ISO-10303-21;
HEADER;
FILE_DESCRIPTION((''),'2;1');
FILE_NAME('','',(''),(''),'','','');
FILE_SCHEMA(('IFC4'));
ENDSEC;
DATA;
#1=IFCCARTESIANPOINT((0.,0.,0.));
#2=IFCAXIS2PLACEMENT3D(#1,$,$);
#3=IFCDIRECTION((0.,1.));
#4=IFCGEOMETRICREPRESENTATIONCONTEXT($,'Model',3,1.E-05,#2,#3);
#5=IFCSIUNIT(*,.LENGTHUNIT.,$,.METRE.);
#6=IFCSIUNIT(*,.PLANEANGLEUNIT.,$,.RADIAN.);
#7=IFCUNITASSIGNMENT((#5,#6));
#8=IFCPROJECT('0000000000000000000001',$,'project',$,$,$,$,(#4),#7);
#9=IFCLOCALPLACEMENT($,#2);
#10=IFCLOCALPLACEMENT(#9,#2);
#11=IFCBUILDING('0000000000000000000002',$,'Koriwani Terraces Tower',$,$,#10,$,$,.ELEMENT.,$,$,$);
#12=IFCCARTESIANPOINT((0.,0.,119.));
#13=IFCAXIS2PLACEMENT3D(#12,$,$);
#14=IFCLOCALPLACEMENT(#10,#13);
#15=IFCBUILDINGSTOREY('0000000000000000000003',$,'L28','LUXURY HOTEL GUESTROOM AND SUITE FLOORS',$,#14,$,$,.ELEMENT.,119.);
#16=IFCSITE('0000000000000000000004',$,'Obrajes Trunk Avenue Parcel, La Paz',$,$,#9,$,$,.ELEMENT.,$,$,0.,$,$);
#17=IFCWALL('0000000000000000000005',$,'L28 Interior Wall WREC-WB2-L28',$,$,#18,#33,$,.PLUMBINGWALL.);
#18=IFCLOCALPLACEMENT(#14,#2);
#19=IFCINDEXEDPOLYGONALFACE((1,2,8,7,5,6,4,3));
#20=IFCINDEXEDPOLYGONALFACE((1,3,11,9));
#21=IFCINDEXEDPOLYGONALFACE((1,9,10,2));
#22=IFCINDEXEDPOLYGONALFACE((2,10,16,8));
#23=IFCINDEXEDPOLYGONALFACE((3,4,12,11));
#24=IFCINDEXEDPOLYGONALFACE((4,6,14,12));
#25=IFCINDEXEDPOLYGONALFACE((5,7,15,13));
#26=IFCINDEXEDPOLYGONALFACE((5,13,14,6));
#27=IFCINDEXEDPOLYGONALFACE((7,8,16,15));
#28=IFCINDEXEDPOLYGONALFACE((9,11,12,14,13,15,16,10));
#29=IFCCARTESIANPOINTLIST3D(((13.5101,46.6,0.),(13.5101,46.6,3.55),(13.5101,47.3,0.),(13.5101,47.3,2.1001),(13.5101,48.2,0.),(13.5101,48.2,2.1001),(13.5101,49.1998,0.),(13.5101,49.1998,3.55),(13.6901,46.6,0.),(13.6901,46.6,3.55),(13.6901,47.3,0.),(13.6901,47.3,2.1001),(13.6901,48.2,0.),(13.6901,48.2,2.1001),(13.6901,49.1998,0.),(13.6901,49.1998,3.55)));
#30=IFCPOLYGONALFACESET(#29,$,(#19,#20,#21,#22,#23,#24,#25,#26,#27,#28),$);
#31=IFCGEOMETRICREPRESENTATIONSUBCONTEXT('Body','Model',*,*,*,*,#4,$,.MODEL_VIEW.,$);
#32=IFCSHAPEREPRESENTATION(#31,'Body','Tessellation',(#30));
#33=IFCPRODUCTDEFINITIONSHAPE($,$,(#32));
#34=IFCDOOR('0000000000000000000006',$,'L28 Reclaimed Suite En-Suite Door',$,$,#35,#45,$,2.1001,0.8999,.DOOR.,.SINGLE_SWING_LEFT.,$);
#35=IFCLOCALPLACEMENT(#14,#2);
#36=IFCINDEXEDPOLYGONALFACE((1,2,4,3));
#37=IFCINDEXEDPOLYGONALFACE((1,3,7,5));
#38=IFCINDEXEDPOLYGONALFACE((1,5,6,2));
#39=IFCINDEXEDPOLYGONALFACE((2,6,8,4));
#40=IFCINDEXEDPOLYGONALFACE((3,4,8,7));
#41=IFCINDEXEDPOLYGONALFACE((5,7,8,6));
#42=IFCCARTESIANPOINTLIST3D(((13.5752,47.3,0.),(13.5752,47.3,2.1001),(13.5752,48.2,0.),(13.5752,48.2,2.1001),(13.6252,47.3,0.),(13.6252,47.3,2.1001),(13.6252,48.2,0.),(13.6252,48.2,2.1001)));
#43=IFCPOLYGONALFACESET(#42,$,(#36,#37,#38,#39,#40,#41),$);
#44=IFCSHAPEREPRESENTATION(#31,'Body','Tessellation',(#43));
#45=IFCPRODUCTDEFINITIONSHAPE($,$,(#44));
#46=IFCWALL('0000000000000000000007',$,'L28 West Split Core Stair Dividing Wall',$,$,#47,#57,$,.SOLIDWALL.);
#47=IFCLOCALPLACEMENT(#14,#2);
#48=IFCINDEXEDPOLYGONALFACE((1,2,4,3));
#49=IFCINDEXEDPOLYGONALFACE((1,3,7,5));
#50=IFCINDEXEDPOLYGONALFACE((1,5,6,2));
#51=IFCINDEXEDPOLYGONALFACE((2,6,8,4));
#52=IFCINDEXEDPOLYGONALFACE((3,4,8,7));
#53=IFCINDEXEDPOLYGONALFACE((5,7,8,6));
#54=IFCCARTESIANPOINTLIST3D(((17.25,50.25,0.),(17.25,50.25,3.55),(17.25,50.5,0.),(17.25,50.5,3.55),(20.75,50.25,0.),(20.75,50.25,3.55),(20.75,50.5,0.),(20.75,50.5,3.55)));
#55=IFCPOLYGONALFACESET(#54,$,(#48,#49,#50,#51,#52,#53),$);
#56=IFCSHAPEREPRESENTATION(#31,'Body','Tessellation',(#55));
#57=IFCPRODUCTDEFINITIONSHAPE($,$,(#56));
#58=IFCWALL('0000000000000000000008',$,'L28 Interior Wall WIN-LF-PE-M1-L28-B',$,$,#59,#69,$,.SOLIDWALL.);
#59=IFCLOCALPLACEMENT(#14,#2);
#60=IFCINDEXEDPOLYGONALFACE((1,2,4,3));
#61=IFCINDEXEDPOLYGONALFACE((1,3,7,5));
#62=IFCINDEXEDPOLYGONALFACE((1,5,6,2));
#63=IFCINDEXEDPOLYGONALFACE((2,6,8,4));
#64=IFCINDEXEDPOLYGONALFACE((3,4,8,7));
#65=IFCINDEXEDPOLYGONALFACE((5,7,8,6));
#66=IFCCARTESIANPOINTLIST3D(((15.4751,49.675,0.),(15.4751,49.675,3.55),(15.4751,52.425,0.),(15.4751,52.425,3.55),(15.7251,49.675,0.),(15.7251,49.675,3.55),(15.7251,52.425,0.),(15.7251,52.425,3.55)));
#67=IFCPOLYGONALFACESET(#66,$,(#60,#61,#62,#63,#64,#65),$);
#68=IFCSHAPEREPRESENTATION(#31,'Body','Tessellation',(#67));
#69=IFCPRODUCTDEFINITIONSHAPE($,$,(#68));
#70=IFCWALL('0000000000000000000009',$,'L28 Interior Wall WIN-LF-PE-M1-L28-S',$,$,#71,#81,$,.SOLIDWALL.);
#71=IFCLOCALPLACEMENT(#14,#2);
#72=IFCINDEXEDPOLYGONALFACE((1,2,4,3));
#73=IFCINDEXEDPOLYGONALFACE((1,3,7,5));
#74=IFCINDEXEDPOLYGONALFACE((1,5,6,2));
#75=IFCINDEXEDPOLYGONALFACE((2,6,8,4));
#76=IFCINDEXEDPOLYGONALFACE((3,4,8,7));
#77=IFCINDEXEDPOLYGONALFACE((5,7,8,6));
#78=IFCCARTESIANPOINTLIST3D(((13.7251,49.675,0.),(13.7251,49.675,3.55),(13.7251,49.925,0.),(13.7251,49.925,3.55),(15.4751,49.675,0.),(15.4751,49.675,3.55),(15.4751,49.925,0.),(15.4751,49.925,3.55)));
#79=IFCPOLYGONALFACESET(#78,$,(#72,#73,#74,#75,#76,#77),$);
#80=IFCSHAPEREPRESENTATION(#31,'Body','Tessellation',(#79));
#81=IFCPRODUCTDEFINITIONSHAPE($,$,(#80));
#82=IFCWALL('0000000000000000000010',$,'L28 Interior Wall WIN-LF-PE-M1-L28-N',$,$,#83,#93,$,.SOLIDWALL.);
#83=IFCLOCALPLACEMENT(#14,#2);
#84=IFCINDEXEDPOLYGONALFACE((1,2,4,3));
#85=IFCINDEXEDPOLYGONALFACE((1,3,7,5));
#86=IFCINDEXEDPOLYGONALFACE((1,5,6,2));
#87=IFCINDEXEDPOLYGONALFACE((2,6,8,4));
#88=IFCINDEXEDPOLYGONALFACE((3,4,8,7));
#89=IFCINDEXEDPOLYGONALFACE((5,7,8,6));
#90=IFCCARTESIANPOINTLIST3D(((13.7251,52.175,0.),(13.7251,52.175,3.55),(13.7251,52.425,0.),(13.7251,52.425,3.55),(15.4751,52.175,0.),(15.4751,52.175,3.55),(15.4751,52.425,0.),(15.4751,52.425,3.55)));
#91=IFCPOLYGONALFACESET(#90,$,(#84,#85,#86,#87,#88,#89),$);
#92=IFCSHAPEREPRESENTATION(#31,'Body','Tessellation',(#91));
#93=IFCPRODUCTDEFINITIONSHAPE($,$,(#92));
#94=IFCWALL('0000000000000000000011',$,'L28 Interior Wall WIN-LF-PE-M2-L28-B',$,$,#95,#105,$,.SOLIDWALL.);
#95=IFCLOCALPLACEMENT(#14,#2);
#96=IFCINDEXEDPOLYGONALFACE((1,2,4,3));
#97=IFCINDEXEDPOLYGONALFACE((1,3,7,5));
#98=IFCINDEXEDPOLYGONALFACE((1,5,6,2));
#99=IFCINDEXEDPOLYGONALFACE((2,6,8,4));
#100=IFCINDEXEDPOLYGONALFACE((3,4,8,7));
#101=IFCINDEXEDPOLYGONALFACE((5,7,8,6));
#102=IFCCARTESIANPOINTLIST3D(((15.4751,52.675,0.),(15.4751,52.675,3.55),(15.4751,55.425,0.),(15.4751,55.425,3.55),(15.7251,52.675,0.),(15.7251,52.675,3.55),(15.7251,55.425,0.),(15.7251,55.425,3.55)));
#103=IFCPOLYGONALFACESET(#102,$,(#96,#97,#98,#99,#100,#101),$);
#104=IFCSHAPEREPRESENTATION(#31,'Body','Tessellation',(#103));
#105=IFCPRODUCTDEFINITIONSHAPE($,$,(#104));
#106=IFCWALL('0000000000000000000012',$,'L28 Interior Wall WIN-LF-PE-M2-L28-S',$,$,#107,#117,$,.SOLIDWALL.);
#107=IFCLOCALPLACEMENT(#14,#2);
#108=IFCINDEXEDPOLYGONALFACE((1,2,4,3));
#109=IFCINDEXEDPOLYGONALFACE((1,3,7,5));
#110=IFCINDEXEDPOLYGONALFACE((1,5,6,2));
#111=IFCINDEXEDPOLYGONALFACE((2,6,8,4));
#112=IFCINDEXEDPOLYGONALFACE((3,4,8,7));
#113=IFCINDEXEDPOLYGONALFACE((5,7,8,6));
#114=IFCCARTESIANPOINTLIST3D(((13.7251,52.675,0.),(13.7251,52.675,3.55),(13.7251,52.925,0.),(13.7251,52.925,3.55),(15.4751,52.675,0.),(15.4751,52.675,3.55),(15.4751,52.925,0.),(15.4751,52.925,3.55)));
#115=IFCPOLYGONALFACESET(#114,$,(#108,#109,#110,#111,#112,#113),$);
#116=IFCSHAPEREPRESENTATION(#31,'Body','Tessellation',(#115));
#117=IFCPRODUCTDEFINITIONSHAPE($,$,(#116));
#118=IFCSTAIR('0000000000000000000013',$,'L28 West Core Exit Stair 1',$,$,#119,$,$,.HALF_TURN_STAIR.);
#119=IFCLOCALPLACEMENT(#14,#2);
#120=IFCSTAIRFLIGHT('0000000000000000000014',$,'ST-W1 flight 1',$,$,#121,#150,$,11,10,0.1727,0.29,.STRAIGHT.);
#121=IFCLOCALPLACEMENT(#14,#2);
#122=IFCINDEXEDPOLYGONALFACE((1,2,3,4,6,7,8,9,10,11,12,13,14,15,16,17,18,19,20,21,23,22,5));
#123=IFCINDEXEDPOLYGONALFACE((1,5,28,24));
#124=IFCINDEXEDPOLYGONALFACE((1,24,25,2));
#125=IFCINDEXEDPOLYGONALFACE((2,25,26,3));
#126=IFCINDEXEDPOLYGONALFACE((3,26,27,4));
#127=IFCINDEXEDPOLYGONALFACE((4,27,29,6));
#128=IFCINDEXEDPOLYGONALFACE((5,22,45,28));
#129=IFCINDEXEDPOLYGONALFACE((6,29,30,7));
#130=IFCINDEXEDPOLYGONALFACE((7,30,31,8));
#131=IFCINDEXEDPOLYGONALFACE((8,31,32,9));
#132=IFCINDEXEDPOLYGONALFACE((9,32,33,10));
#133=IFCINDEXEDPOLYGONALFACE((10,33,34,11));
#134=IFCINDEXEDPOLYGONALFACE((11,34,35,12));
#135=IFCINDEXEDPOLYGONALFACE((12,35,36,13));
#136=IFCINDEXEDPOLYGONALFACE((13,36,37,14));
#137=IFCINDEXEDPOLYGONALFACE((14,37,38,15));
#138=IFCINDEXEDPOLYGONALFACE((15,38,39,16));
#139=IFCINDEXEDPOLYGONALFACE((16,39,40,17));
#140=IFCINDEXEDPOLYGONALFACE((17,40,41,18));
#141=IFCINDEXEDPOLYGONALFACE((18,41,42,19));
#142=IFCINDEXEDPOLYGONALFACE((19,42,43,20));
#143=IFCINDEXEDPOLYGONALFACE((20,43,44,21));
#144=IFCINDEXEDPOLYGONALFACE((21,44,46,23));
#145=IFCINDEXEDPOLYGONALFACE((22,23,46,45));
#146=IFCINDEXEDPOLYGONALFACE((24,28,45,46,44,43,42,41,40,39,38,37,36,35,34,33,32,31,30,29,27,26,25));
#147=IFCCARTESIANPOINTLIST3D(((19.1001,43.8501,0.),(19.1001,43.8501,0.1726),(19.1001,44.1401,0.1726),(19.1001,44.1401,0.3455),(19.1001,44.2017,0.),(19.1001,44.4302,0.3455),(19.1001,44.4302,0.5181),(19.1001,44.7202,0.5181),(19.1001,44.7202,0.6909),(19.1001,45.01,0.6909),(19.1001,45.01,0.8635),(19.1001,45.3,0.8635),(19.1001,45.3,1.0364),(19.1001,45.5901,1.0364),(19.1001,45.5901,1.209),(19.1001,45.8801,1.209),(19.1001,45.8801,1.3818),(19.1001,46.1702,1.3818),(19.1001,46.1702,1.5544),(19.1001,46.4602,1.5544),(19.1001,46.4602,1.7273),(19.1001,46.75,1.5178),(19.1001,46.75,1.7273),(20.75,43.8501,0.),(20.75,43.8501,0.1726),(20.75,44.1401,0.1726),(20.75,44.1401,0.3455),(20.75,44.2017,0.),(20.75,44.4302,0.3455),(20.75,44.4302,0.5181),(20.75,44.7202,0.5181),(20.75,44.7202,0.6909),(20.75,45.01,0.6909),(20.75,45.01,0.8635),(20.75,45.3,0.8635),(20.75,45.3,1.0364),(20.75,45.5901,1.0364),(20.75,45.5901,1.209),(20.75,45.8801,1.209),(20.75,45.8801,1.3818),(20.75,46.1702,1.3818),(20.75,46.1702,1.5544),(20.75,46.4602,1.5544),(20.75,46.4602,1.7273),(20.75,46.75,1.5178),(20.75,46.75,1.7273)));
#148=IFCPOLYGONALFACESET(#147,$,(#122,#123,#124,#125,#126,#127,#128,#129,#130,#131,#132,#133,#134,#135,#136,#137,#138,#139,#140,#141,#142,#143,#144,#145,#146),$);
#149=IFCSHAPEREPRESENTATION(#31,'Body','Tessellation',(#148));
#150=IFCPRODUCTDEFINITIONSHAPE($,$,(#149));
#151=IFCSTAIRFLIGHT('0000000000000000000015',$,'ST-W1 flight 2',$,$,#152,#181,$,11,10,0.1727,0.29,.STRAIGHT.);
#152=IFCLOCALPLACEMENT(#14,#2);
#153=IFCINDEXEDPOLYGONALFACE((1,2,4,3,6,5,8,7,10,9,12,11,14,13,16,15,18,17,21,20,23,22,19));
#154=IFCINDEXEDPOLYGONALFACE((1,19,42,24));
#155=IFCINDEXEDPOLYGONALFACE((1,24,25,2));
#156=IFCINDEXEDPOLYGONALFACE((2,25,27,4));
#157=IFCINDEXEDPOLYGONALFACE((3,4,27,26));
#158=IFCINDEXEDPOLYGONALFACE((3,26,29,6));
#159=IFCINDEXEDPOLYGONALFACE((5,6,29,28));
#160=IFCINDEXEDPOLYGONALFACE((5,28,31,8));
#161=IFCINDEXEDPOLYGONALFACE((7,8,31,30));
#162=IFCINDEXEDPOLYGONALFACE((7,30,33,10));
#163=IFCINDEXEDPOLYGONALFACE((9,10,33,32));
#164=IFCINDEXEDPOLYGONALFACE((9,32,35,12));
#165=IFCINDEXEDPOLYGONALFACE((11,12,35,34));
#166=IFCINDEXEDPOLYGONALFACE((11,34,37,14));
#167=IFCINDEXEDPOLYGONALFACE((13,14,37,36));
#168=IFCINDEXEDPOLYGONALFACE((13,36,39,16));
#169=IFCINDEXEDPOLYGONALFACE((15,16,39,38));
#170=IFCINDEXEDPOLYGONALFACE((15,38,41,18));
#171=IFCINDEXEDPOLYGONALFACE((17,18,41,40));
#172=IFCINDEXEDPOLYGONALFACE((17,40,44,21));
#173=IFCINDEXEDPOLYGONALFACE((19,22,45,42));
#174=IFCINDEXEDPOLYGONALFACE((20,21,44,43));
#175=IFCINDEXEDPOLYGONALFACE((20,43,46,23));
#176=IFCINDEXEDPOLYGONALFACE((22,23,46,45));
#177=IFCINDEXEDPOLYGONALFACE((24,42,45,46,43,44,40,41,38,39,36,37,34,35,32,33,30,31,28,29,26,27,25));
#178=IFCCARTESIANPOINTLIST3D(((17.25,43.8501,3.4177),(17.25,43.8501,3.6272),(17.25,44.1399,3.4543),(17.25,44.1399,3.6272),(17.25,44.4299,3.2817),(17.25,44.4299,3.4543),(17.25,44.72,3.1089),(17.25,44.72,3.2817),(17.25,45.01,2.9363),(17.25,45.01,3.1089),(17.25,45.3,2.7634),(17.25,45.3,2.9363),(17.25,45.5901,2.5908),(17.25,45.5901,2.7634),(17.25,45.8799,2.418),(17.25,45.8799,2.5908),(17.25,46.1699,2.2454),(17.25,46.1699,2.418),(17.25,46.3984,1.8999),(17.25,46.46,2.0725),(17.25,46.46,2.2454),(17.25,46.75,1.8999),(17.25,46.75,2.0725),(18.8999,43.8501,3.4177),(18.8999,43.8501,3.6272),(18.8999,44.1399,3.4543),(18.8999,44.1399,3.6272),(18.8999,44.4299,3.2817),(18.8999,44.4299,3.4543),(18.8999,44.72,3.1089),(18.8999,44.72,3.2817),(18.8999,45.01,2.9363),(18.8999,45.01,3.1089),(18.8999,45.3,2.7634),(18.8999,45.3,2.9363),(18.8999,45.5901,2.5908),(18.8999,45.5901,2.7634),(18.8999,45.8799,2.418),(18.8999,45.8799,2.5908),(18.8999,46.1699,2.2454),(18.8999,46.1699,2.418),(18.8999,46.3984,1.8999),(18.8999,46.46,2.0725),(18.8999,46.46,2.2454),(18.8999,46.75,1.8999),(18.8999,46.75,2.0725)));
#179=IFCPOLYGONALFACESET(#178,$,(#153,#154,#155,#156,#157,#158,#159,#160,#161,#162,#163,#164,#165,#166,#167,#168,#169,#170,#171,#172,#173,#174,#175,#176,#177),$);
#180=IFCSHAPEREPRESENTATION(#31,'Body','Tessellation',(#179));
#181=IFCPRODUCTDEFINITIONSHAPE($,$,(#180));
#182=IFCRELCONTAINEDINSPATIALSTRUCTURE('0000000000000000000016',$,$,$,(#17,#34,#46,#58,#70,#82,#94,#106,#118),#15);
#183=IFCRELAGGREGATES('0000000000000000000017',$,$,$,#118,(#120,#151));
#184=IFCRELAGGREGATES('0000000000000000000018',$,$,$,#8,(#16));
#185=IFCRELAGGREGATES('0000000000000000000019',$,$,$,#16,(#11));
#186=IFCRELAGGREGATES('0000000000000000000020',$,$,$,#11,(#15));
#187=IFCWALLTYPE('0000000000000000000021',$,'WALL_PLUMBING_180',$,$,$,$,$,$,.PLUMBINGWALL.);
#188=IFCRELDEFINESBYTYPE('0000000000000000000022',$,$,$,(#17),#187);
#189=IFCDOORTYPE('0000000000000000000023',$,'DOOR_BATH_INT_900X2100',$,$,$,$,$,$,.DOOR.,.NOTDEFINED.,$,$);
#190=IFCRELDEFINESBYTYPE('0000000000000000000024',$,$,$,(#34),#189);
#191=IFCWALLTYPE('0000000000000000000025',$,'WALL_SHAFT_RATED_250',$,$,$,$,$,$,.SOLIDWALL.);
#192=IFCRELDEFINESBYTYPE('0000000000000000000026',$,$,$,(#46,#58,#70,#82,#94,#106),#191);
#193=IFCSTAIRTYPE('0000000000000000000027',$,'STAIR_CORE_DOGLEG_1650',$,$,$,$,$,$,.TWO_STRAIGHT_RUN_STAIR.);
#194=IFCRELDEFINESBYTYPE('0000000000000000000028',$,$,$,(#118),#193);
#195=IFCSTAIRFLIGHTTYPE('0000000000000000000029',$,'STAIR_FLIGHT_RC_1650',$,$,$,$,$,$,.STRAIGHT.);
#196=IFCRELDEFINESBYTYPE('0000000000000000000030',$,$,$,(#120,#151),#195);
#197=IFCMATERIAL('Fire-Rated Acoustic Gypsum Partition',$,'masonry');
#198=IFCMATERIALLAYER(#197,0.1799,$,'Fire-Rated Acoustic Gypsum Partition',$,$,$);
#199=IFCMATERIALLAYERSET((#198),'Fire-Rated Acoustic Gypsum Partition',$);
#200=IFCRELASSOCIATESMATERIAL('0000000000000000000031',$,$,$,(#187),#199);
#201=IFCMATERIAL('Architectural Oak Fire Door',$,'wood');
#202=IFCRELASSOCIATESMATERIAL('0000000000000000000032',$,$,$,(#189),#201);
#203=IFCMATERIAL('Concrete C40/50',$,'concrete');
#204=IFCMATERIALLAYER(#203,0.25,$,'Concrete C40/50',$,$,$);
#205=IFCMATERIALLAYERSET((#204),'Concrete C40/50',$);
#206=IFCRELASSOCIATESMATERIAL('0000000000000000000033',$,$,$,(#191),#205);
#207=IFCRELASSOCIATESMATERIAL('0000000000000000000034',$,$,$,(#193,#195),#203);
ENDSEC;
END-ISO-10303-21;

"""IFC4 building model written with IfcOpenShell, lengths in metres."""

from ifc_helpers import new_model, si_unit, direction, frame, frame_2d, origin, place, context, subcontext, project, spatial, polyline, rectangle, outline, extrude, material, layer, layer_set, type_object, element, fill, aggregate, save


model = new_model("IFC4")

# Units and contexts
model_context = context("Model", 3, precision=1e-05, world=origin(), true_north=direction((0.0, 1.0)))
body_context = subcontext(model_context, "Body", "Model", "MODEL_VIEW")
ifc_project = project(units=[si_unit("LENGTHUNIT", "METRE"), si_unit("PLANEANGLEUNIT", "RADIAN")], contexts=[model_context])

# Site, building, storey
site_placement = place(None, origin())
site = spatial("IfcSite", under=ifc_project, at=site_placement, Name="Obrajes Trunk Avenue Parcel, La Paz", CompositionType="ELEMENT", RefElevation=0.0)
building_placement = place(site_placement, origin())
building = spatial("IfcBuilding", under=site, at=building_placement, Name="Koriwani Terraces Tower", CompositionType="ELEMENT")
storey_placement = place(building_placement, frame((0.0, 0.0, 119.0)))
storey = spatial("IfcBuildingStorey", under=building, at=storey_placement, Name="L28", Description="LUXURY HOTEL GUESTROOM AND SUITE FLOORS", CompositionType="ELEMENT", Elevation=119.0)

# Shared definitions
ifc_material_1 = material(Name="Concrete C40/50", Category="concrete")

# Shared definitions
ifc_material_2 = material(Name="Fire-Rated Acoustic Gypsum Partition", Category="masonry")
ifc_layer_1 = layer(ifc_material_2, 0.1799, Name="Fire-Rated Acoustic Gypsum Partition")
ifc_layer_set_1 = layer_set([ifc_layer_1], Name="Fire-Rated Acoustic Gypsum Partition")
wall_type_1 = type_object("IfcWallType", Name="WALL_PLUMBING_180", PredefinedType="PLUMBINGWALL", material=ifc_layer_set_1)

# Wall, opening, door
wall_1_placement = place(storey_placement, frame((13.6001, 46.6001, 0.0), z_axis=(0.0, 0.0, 1.0), x_axis=(0.0, 1.0, 0.0)))
wall_1 = element("IfcWall", 1, at=wall_1_placement, inside=storey, type_object=wall_type_1, Name="L28 Interior Wall WREC-WB2-L28", PredefinedType="PLUMBINGWALL", context=body_context, shape_type="SweptSolid", body=[
    extrude(rectangle(XDim=2.5999, YDim=0.1799, at=frame_2d((1.2998, 0.0))), origin(), (0.0, 0.0, 1.0), 3.55),
])
opening_1_placement = place(wall_1_placement, frame((0.7, 0.0, 0.0)))
opening_1 = element("IfcOpeningElement", 2, at=opening_1_placement, cuts=wall_1, PredefinedType="OPENING", context=body_context, shape_type="SweptSolid", body=[
    extrude(rectangle(XDim=0.8999, YDim=2.1001, at=frame_2d((0.45, 1.05))), frame((0.0, 0.1001, 0.0), z_axis=(0.0, -1.0, 0.0), x_axis=(1.0, 0.0, 0.0)), (0.0, 0.0, 1.0), 0.2),
])
ifc_material_3 = material(Name="Architectural Oak Fire Door", Category="wood")
door_type_1 = type_object("IfcDoorType", Name="DOOR_BATH_INT_900X2100", OperationType="NOTDEFINED", PredefinedType="DOOR", material=ifc_material_3)
door_1_placement = place(opening_1_placement, origin())
door_1 = element("IfcDoor", 3, at=door_1_placement, inside=storey, type_object=door_type_1, Name="L28 Reclaimed Suite En-Suite Door", OperationType="SINGLE_SWING_LEFT", OverallHeight=2.1001, OverallWidth=0.8999, PredefinedType="DOOR", context=body_context, shape_type="SweptSolid", body=[
    extrude(rectangle(XDim=0.8999, YDim=2.1001, at=frame_2d((0.45, 1.05))), frame((0.0, 0.0249, 0.0), z_axis=(0.0, -1.0, 0.0), x_axis=(1.0, 0.0, 0.0)), (0.0, 0.0, 1.0), 0.05),
])
fill(opening_1, door_1)

# Wall
ifc_layer_2 = layer(ifc_material_1, 0.25, Name="Concrete C40/50")
ifc_layer_set_2 = layer_set([ifc_layer_2], Name="Concrete C40/50")
wall_type_2 = type_object("IfcWallType", Name="WALL_SHAFT_RATED_250", PredefinedType="SOLIDWALL", material=ifc_layer_set_2)
wall_2_placement = place(storey_placement, frame((17.25, 50.375, 0.0), z_axis=(0.0, 0.0, 1.0), x_axis=(1.0, 0.0, 0.0)))
element("IfcWall", 4, at=wall_2_placement, inside=storey, type_object=wall_type_2, Name="L28 West Split Core Stair Dividing Wall", PredefinedType="SOLIDWALL", context=body_context, shape_type="SweptSolid", body=[
    extrude(rectangle(XDim=3.5, YDim=0.25, at=frame_2d((1.75, 0.0))), origin(), (0.0, 0.0, 1.0), 3.55),
])

# Walls
wall_3_placement = place(storey_placement, frame((15.6001, 49.675, 0.0), z_axis=(0.0, 0.0, 1.0), x_axis=(0.0, 1.0, 0.0)))
element("IfcWall", 5, at=wall_3_placement, inside=storey, type_object=wall_type_2, Name="L28 Interior Wall WIN-LF-PE-M1-L28-B", PredefinedType="SOLIDWALL", context=body_context, shape_type="SweptSolid", body=[
    extrude(rectangle(XDim=2.75, YDim=0.25, at=frame_2d((1.375, 0.0))), origin(), (0.0, 0.0, 1.0), 3.55),
])
for number, where, z_axis, x_axis, name in (
    (6, (13.7251, 49.8, 0.0), (0.0, 0.0, 1.0), (1.0, 0.0, 0.0), "L28 Interior Wall WIN-LF-PE-M1-L28-S"),
    (7, (13.7251, 52.3, 0.0), (0.0, 0.0, 1.0), (1.0, 0.0, 0.0), "L28 Interior Wall WIN-LF-PE-M1-L28-N"),
):
    element("IfcWall", number, at=place(storey_placement, frame(where, z_axis=z_axis, x_axis=x_axis)), inside=storey, type_object=wall_type_2, Name=name, PredefinedType="SOLIDWALL", context=body_context, shape_type="SweptSolid", body=[
        extrude(rectangle(XDim=1.75, YDim=0.25, at=frame_2d((0.875, 0.0))), origin(), (0.0, 0.0, 1.0), 3.55),
    ])

# Walls
wall_4_placement = place(storey_placement, frame((15.6001, 52.675, 0.0), z_axis=(0.0, 0.0, 1.0), x_axis=(0.0, 1.0, 0.0)))
element("IfcWall", 8, at=wall_4_placement, inside=storey, type_object=wall_type_2, Name="L28 Interior Wall WIN-LF-PE-M2-L28-B", PredefinedType="SOLIDWALL", context=body_context, shape_type="SweptSolid", body=[
    extrude(rectangle(XDim=2.75, YDim=0.25, at=frame_2d((1.375, 0.0))), origin(), (0.0, 0.0, 1.0), 3.55),
])
wall_5_placement = place(storey_placement, frame((13.7251, 52.8, 0.0), z_axis=(0.0, 0.0, 1.0), x_axis=(1.0, 0.0, 0.0)))
element("IfcWall", 9, at=wall_5_placement, inside=storey, type_object=wall_type_2, Name="L28 Interior Wall WIN-LF-PE-M2-L28-S", PredefinedType="SOLIDWALL", context=body_context, shape_type="SweptSolid", body=[
    extrude(rectangle(XDim=1.75, YDim=0.25, at=frame_2d((0.875, 0.0))), origin(), (0.0, 0.0, 1.0), 3.55),
])

# Stair, stair flights
stair_type = type_object("IfcStairType", Name="STAIR_CORE_DOGLEG_1650", PredefinedType="TWO_STRAIGHT_RUN_STAIR", material=ifc_material_1)
stair_placement = place(storey_placement, origin())
stair = element("IfcStair", 10, at=stair_placement, inside=storey, type_object=stair_type, Name="L28 West Core Exit Stair 1", PredefinedType="HALF_TURN_STAIR")
stair_flight_type = type_object("IfcStairFlightType", Name="STAIR_FLIGHT_RC_1650", PredefinedType="STRAIGHT", material=ifc_material_1)
stair_flight_1_placement = place(storey_placement, frame((19.925, 43.8501, 0.0), z_axis=(0.0, 0.0, 1.0), x_axis=(0.0, 1.0, 0.0)))
stair_flight_1 = element("IfcStairFlight", 11, at=stair_flight_1_placement, type_object=stair_flight_type, Name="ST-W1 flight 1", NumberOfRisers=11, NumberOfTreads=10, PredefinedType="STRAIGHT", RiserHeight=0.1727, TreadLength=0.29, context=body_context, shape_type="SweptSolid", body=[
    extrude(outline(polyline([(0.0, 0.0), (0.0, 0.1726), (0.29, 0.1726), (0.29, 0.3455), (0.5801, 0.3455), (0.5801, 0.5181), (0.8701, 0.5181), (0.8701, 0.6909), (1.1599, 0.6909), (1.1599, 0.8635), (1.45, 0.8635), (1.45, 1.0364), (1.74, 1.0364), (1.74, 1.209), (2.03, 1.209), (2.03, 1.3818), (2.3201, 1.3818), (2.3201, 1.5544), (2.6101, 1.5544), (2.6101, 1.7273), (2.8999, 1.7273), (2.8999, 1.8999), (2.8999, 1.5178), (0.3516, 0.0), (0.0, 0.0)])), frame((0.0, 0.825, 0.0), z_axis=(0.0, -1.0, 0.0), x_axis=(1.0, 0.0, 0.0)), (0.0, 0.0, 1.0), 1.6499),
])
stair_flight_2_placement = place(storey_placement, frame((18.075, 46.75, 1.8999), z_axis=(0.0, 0.0, 1.0), x_axis=(0.0, -1.0, 0.0)))
stair_flight_2 = element("IfcStairFlight", 12, at=stair_flight_2_placement, type_object=stair_flight_type, Name="ST-W1 flight 2", NumberOfRisers=11, NumberOfTreads=10, PredefinedType="STRAIGHT", RiserHeight=0.1727, TreadLength=0.29, context=body_context, shape_type="SweptSolid", body=[
    extrude(outline(polyline([(0.0, 0.0), (0.0, 0.1726), (0.29, 0.1726), (0.29, 0.3455), (0.5801, 0.3455), (0.5801, 0.5181), (0.8701, 0.5181), (0.8701, 0.6909), (1.1599, 0.6909), (1.1599, 0.8635), (1.45, 0.8635), (1.45, 1.0364), (1.74, 1.0364), (1.74, 1.209), (2.03, 1.209), (2.03, 1.3818), (2.3201, 1.3818), (2.3201, 1.5544), (2.6101, 1.5544), (2.6101, 1.7273), (2.8999, 1.7273), (2.8999, 1.8999), (2.8999, 1.5178), (0.3516, 0.0), (0.0, 0.0)])), frame((0.0, 0.825, 0.0), z_axis=(0.0, -1.0, 0.0), x_axis=(1.0, 0.0, 0.0)), (0.0, 0.0, 1.0), 1.6499),
])
aggregate(stair, [stair_flight_1, stair_flight_2])

save(model, "model.ifc")
